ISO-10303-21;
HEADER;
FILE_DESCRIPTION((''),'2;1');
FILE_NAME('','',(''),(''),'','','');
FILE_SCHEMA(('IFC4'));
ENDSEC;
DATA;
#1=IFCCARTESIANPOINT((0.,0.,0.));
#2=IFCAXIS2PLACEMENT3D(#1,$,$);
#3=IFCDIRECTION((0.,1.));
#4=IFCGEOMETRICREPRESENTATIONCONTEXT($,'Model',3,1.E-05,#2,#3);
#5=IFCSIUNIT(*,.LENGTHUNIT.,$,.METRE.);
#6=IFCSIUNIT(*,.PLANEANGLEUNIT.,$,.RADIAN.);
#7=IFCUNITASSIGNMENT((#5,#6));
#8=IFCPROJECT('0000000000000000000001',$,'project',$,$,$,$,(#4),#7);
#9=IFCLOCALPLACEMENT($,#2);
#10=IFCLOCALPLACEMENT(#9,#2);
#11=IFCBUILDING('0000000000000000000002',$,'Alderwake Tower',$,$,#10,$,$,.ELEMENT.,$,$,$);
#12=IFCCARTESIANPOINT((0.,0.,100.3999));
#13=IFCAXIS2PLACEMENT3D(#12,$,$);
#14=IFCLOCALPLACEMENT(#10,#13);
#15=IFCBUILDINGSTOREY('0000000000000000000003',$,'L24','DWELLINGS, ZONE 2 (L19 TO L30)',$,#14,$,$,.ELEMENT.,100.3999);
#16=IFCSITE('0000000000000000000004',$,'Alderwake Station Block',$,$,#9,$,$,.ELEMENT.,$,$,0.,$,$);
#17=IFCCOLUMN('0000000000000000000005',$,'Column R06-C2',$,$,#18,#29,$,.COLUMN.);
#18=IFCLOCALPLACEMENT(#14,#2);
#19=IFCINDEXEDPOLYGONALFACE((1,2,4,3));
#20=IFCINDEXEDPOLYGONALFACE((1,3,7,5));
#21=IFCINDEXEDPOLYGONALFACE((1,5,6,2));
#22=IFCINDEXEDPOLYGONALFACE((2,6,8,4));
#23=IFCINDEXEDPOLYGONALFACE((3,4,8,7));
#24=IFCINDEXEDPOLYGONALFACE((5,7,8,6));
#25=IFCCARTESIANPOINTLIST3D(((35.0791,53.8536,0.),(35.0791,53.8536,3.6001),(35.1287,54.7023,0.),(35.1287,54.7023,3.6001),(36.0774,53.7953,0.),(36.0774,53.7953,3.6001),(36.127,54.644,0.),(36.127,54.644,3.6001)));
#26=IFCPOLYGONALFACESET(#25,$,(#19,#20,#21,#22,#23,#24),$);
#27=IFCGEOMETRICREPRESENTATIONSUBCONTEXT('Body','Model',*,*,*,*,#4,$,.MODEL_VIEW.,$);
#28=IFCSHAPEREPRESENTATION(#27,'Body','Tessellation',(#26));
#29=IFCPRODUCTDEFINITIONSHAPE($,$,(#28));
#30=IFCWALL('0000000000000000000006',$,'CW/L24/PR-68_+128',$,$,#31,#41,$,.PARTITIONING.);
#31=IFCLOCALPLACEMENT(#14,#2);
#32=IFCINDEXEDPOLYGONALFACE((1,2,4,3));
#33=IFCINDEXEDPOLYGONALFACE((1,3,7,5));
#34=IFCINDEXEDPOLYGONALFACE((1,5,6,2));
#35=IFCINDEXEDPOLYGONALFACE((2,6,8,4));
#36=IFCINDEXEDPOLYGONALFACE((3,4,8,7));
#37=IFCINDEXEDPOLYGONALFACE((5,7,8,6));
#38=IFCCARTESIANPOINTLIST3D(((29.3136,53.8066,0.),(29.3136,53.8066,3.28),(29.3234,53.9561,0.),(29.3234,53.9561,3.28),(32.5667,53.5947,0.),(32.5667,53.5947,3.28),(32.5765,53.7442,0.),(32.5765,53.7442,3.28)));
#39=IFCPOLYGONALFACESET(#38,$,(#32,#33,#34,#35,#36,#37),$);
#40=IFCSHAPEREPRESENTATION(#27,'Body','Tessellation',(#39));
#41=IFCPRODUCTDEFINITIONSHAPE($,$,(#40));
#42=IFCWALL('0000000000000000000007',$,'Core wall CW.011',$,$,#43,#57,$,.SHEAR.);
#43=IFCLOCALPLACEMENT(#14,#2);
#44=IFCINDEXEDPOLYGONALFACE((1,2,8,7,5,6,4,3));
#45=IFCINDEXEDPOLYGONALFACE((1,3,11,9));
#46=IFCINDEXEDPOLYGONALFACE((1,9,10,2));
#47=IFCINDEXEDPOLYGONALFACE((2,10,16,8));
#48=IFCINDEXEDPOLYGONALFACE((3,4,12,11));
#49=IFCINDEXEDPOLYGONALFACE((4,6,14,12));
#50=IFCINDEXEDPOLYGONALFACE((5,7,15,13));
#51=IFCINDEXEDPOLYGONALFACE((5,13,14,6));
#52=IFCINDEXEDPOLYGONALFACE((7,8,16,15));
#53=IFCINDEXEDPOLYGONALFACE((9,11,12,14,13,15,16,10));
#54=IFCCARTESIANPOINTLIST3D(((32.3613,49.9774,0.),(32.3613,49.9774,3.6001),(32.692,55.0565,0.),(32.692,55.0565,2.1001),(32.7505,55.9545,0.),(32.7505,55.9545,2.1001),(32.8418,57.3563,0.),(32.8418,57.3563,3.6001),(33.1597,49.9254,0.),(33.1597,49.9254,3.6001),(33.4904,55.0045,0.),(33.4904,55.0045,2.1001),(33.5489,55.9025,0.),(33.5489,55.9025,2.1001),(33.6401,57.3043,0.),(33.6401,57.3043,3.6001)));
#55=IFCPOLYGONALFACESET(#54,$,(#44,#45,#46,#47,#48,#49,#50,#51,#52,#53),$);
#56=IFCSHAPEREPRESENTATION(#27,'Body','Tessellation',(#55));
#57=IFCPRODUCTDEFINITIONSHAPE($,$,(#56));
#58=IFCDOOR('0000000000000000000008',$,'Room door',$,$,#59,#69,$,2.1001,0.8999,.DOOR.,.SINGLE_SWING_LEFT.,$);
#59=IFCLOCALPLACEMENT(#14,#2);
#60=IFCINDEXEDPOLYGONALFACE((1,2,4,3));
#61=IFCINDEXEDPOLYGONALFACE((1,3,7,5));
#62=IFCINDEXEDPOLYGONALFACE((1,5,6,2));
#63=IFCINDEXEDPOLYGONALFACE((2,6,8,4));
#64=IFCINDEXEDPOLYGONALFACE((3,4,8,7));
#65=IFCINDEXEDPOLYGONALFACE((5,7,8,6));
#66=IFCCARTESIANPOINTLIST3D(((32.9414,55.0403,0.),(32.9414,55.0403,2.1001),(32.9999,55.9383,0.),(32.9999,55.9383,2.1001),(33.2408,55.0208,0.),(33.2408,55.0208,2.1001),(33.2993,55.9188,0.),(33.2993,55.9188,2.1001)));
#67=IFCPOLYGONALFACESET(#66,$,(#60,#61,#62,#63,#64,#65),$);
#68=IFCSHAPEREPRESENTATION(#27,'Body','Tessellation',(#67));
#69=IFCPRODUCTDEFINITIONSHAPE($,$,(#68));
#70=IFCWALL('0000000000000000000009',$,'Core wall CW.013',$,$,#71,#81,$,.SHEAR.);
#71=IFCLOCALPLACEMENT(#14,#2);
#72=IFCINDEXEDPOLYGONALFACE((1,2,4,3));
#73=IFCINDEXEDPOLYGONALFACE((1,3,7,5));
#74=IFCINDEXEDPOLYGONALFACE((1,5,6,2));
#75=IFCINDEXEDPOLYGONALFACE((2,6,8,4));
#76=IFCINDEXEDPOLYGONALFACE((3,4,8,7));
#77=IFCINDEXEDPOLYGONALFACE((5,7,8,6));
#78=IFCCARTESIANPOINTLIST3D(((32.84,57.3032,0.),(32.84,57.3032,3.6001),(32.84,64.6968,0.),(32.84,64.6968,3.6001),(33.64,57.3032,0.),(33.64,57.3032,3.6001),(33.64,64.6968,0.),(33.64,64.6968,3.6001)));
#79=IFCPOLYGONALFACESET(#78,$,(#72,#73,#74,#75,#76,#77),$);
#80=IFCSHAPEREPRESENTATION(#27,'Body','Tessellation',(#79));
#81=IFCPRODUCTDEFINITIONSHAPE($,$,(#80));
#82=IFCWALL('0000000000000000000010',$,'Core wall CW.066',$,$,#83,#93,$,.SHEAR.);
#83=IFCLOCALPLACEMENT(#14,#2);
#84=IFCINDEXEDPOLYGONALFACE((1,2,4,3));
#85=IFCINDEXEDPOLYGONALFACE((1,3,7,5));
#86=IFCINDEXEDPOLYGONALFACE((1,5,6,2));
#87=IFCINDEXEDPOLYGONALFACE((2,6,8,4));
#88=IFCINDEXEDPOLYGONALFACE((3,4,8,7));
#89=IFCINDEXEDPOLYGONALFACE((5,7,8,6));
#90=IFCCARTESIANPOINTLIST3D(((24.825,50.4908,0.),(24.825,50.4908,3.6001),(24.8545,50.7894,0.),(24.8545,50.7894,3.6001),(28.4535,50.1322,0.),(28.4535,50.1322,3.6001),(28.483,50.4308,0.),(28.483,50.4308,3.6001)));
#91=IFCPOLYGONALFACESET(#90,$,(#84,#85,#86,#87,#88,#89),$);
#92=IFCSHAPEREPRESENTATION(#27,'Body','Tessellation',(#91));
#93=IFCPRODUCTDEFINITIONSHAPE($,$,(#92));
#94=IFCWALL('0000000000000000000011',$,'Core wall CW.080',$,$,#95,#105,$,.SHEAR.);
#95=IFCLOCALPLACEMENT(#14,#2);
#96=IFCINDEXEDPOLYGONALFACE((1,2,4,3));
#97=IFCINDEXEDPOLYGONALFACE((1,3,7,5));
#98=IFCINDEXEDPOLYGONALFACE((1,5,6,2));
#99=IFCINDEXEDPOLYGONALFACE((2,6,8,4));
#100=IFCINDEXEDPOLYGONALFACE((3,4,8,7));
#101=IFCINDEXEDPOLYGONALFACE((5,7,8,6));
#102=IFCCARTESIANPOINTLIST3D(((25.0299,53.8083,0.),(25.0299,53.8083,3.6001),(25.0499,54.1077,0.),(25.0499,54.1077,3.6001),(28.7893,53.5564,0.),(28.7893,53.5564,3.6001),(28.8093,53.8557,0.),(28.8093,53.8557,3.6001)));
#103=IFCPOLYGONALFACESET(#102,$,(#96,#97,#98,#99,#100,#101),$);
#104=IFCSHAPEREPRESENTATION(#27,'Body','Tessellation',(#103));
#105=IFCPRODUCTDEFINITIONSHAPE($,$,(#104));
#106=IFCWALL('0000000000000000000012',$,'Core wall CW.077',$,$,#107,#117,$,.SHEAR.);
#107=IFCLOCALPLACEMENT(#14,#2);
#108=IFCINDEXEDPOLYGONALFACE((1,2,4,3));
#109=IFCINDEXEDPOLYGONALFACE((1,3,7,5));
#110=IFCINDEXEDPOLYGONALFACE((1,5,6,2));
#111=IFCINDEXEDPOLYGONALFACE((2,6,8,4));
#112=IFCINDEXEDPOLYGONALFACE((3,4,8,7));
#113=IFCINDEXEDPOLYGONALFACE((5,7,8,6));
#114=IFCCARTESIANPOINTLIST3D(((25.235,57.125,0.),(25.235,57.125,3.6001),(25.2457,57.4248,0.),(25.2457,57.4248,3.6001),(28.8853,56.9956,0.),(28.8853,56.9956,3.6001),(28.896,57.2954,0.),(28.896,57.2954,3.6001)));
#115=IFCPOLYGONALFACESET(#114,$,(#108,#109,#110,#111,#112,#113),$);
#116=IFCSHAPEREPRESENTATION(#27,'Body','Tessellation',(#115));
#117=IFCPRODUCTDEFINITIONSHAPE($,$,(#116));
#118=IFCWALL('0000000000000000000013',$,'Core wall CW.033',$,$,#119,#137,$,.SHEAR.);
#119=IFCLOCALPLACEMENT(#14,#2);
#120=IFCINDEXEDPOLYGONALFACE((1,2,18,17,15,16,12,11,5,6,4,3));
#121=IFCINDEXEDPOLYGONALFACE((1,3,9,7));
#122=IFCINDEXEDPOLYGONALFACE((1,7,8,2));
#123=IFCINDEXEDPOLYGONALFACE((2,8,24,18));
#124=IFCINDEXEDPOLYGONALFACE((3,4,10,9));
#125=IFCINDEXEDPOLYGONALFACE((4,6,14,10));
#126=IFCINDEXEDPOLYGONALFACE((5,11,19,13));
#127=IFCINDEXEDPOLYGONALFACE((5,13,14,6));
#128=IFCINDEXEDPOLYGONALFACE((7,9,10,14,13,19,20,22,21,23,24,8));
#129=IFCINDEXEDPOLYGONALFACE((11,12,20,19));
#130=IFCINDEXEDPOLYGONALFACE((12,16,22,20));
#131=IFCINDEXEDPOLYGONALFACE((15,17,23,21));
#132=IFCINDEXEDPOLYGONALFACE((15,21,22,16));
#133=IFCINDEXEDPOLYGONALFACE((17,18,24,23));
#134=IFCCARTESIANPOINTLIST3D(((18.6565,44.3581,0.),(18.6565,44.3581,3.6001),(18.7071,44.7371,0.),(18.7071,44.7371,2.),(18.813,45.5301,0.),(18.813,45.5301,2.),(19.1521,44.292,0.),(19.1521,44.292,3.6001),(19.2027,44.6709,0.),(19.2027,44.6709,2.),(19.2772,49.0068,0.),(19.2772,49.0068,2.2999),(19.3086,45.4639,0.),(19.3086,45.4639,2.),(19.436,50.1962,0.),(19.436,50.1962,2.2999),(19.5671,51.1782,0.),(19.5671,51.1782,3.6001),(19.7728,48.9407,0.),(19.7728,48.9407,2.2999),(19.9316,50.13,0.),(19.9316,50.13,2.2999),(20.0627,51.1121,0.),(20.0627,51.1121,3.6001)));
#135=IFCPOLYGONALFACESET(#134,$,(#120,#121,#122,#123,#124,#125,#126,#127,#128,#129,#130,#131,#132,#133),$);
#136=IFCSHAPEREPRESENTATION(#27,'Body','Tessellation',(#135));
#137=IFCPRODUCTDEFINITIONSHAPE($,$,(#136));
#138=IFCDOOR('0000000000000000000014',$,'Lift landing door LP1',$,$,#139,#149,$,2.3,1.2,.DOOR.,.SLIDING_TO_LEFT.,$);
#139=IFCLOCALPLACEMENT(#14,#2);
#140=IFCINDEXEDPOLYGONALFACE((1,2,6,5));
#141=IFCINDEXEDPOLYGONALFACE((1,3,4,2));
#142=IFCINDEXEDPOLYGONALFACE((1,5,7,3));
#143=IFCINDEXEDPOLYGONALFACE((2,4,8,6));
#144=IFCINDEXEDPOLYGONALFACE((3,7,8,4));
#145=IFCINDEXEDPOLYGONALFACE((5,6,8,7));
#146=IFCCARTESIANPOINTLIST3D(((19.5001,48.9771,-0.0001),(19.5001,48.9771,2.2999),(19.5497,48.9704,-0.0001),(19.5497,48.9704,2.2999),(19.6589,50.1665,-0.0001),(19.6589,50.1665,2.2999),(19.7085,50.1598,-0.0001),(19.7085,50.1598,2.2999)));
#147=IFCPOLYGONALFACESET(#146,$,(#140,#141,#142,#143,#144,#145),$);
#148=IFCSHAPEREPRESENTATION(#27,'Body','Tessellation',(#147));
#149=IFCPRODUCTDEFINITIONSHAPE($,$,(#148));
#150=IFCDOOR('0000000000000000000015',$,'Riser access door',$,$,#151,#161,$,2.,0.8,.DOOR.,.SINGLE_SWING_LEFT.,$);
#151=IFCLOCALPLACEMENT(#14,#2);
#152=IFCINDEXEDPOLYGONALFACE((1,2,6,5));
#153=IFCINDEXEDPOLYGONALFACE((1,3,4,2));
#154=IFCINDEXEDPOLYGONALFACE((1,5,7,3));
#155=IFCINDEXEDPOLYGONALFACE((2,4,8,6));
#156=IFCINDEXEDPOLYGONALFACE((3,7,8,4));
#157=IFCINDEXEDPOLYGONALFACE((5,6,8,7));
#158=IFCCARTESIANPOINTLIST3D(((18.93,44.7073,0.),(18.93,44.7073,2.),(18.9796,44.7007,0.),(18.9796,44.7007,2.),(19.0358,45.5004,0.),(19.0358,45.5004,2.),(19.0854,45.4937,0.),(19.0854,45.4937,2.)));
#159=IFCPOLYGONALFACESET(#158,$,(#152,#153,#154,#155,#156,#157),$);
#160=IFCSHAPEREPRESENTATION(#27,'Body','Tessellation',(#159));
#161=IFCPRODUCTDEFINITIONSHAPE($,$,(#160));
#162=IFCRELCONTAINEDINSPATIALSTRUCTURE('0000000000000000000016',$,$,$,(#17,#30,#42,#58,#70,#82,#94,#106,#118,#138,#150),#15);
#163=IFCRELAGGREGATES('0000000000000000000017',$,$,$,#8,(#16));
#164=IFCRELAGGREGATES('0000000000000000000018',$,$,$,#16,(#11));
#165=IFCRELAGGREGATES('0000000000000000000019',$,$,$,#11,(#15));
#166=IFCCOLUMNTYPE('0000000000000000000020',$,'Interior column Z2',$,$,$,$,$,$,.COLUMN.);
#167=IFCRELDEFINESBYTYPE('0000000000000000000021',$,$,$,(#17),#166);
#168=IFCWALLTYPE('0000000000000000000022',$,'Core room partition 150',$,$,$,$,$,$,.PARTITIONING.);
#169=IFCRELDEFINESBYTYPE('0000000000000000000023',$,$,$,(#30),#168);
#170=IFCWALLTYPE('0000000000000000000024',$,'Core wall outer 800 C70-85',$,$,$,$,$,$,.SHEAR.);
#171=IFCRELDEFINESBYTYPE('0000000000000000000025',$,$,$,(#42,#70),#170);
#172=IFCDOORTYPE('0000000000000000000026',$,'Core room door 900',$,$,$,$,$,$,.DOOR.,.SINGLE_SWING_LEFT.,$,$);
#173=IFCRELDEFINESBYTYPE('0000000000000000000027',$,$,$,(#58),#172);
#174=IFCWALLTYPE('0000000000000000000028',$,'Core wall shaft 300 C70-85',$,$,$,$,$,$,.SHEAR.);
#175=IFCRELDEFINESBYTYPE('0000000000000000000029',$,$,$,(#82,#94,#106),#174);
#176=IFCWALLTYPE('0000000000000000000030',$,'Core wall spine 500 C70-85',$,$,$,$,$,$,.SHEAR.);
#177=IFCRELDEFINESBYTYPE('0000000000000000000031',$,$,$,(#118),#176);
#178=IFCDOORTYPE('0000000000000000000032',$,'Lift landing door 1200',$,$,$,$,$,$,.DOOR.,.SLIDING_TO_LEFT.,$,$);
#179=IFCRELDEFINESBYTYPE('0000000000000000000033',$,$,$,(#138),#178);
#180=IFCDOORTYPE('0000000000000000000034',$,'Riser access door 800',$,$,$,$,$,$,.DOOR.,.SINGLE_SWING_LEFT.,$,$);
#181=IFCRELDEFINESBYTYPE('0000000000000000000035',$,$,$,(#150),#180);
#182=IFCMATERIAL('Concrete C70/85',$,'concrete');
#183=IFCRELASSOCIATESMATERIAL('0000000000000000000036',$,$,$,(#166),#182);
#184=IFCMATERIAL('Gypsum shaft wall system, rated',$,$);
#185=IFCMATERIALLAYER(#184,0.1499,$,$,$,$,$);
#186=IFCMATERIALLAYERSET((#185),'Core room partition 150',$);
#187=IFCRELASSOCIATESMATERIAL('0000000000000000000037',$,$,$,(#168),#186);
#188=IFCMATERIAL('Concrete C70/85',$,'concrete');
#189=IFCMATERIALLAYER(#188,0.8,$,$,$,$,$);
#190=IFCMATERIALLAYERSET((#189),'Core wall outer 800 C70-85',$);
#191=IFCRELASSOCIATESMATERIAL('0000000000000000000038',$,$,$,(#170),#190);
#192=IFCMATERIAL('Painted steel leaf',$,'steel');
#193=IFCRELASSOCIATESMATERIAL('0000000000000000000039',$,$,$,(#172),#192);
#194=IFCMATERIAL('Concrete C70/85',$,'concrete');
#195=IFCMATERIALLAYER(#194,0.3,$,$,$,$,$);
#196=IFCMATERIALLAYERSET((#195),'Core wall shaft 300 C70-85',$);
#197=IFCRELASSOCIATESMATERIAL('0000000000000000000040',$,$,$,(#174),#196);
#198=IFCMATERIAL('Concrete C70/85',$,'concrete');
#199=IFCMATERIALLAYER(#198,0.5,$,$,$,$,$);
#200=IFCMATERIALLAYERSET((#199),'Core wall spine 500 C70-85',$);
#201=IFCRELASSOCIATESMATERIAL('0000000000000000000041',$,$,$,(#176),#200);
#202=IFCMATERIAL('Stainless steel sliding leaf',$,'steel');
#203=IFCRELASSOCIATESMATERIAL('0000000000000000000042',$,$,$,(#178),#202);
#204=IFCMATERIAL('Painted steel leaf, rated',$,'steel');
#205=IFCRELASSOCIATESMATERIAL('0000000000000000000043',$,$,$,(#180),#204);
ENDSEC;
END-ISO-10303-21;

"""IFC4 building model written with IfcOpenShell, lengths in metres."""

from ifc_helpers import new_model, si_unit, direction, frame, frame_2d, origin, origin_2d, place, context, subcontext, project, spatial, rectangle, extrude, material, layer, layer_set, material_profile, profile_set, type_object, element, fill, save


model = new_model("IFC4")

# Units and contexts
model_context = context("Model", 3, precision=1e-05, world=origin(), true_north=direction((0.0, 1.0)))
body_context = subcontext(model_context, "Body", "Model", "MODEL_VIEW")
ifc_project = project(units=[si_unit("LENGTHUNIT", "METRE"), si_unit("PLANEANGLEUNIT", "RADIAN")], contexts=[model_context])

# Site, building, storey
site_placement = place(None, origin())
site = spatial("IfcSite", under=ifc_project, at=site_placement, Name="Alderwake Station Block", CompositionType="ELEMENT", RefElevation=0.0)
building_placement = place(site_placement, origin())
building = spatial("IfcBuilding", under=site, at=building_placement, Name="Alderwake Tower", CompositionType="ELEMENT")
storey_placement = place(building_placement, frame((0.0, 0.0, 100.3999)))
storey = spatial("IfcBuildingStorey", under=building, at=storey_placement, Name="L24", Description="DWELLINGS, ZONE 2 (L19 TO L30)", CompositionType="ELEMENT", Elevation=100.3999)

# Column
ifc_material_1 = material(Name="Concrete C70/85", Category="concrete")
ifc_material_profile = material_profile(ifc_material_1, rectangle(XDim=0.8501, YDim=1.0, at=origin_2d()), Name="RC 1000X850")
ifc_profile_set = profile_set([ifc_material_profile], Name="Concrete C70/85")
column_type = type_object("IfcColumnType", Name="Interior column Z2", PredefinedType="COLUMN", material=ifc_profile_set)
column_placement = place(storey_placement, frame((35.603, 54.2488, 0.0), z_axis=(0.0, 0.0, 1.0), x_axis=(0.058301, 0.998299, 0.0)))
element("IfcColumn", 1, at=column_placement, inside=storey, type_object=column_type, Name="Column R06-C2", PredefinedType="COLUMN", context=body_context, shape_type="SweptSolid", body=[
    extrude(rectangle(XDim=0.8501, YDim=1.0, at=origin_2d()), origin(), (0.0, 0.0, 1.0), 3.6001),
])

# Wall
ifc_material_2 = material(Name="Gypsum shaft wall system, rated")
ifc_layer_1 = layer(ifc_material_2, 0.1499)
ifc_layer_set_1 = layer_set([ifc_layer_1], Name="Core room partition 150")
wall_type_1 = type_object("IfcWallType", Name="Core room partition 150", PredefinedType="PARTITIONING", material=ifc_layer_set_1)
wall_1_placement = place(storey_placement, frame((29.3186, 53.8813, 0.0), z_axis=(0.0, 0.0, 1.0), x_axis=(0.997885, -0.065003, 0.0)))
element("IfcWall", 2, at=wall_1_placement, inside=storey, type_object=wall_type_1, Name="CW/L24/PR-68_+128", PredefinedType="PARTITIONING", context=body_context, shape_type="SweptSolid", body=[
    extrude(rectangle(XDim=3.26, YDim=0.1499, at=frame_2d((1.6299, 0.0))), origin(), (0.0, 0.0, 1.0), 3.28),
])

# Wall, opening, door
ifc_material_3 = material(Name="Concrete C70/85", Category="concrete")
ifc_layer_2 = layer(ifc_material_3, 0.8)
ifc_layer_set_2 = layer_set([ifc_layer_2], Name="Core wall outer 800 C70-85")
wall_type_2 = type_object("IfcWallType", Name="Core wall outer 800 C70-85", PredefinedType="SHEAR", material=ifc_layer_set_2)
wall_2_placement = place(storey_placement, frame((33.241, 57.3303, 0.0), z_axis=(0.0, 0.0, 1.0), x_axis=(-0.064976, -0.997887, 0.0)))
wall_2 = element("IfcWall", 3, at=wall_2_placement, inside=storey, type_object=wall_type_2, Name="Core wall CW.011", PredefinedType="SHEAR", context=body_context, shape_type="SweptSolid", body=[
    extrude(rectangle(XDim=7.3945, YDim=0.8, at=frame_2d((3.6973, 0.0))), origin(), (0.0, 0.0, 1.0), 3.6001),
])
opening_1_placement = place(wall_2_placement, frame((1.4048, 0.0, 0.0)))
opening_1 = element("IfcOpeningElement", 4, at=opening_1_placement, cuts=wall_2, PredefinedType="OPENING", context=body_context, shape_type="SweptSolid", body=[
    extrude(rectangle(XDim=0.8999, YDim=2.1001, at=frame_2d((0.45, 1.05))), frame((0.0, 0.4099, 0.0), z_axis=(0.0, -1.0, 0.0), x_axis=(1.0, 0.0, 0.0)), (0.0, 0.0, 1.0), 0.8201),
])
ifc_material_4 = material(Name="Painted steel leaf", Category="steel")
door_type_1 = type_object("IfcDoorType", Name="Core room door 900", OperationType="SINGLE_SWING_LEFT", PredefinedType="DOOR", material=ifc_material_4)
door_1_placement = place(opening_1_placement, origin())
door_1 = element("IfcDoor", 5, at=door_1_placement, inside=storey, type_object=door_type_1, Name="Room door", OperationType="SINGLE_SWING_LEFT", OverallHeight=2.1001, OverallWidth=0.8999, PredefinedType="DOOR", context=body_context, shape_type="SweptSolid", body=[
    extrude(rectangle(XDim=0.8999, YDim=2.1001, at=frame_2d((0.45, 1.05))), frame((0.0, 0.1499, 0.0), z_axis=(0.0, -1.0, 0.0), x_axis=(1.0, 0.0, 0.0)), (0.0, 0.0, 1.0), 0.3),
])
fill(opening_1, door_1)

# Walls
wall_3_placement = place(storey_placement, frame((33.24, 57.3032, 0.0), z_axis=(0.0, 0.0, 1.0), x_axis=(0.0, 1.0, 0.0)))
element("IfcWall", 6, at=wall_3_placement, inside=storey, type_object=wall_type_2, Name="Core wall CW.013", PredefinedType="SHEAR", context=body_context, shape_type="SweptSolid", body=[
    extrude(rectangle(XDim=7.3936, YDim=0.8, at=frame_2d((3.6968, 0.0))), origin(), (0.0, 0.0, 1.0), 3.6001),
])
ifc_material_5 = material(Name="Concrete C70/85", Category="concrete")
ifc_layer_3 = layer(ifc_material_5, 0.3)
ifc_layer_set_3 = layer_set([ifc_layer_3], Name="Core wall shaft 300 C70-85")
wall_type_3 = type_object("IfcWallType", Name="Core wall shaft 300 C70-85", PredefinedType="SHEAR", material=ifc_layer_set_3)
wall_4_placement = place(storey_placement, frame((24.8396, 50.6401, 0.0), z_axis=(0.0, 0.0, 1.0), x_axis=(0.995151, -0.098357, 0.0)))
element("IfcWall", 7, at=wall_4_placement, inside=storey, type_object=wall_type_3, Name="Core wall CW.066", PredefinedType="SHEAR", context=body_context, shape_type="SweptSolid", body=[
    extrude(rectangle(XDim=3.6462, YDim=0.3, at=frame_2d((1.8232, 0.0))), origin(), (0.0, 0.0, 1.0), 3.6001),
])
wall_5_placement = place(storey_placement, frame((25.04, 53.958, 0.0), z_axis=(0.0, 0.0, 1.0), x_axis=(0.997762, -0.066872, 0.0)))
element("IfcWall", 8, at=wall_5_placement, inside=storey, type_object=wall_type_3, Name="Core wall CW.080", PredefinedType="SHEAR", context=body_context, shape_type="SweptSolid", body=[
    extrude(rectangle(XDim=3.7678, YDim=0.3, at=frame_2d((1.8838, 0.0))), origin(), (0.0, 0.0, 1.0), 3.6001),
])
wall_6_placement = place(storey_placement, frame((25.2405, 57.2749, 0.0), z_axis=(0.0, 0.0, 1.0), x_axis=(0.999372, -0.035425, 0.0)))
element("IfcWall", 9, at=wall_6_placement, inside=storey, type_object=wall_type_3, Name="Core wall CW.077", PredefinedType="SHEAR", context=body_context, shape_type="SweptSolid", body=[
    extrude(rectangle(XDim=3.6526, YDim=0.3, at=frame_2d((1.8262, 0.0))), origin(), (0.0, 0.0, 1.0), 3.6001),
])

# Wall, openings, doors
ifc_material_6 = material(Name="Concrete C70/85", Category="concrete")
ifc_layer_4 = layer(ifc_material_6, 0.5)
ifc_layer_set_4 = layer_set([ifc_layer_4], Name="Core wall spine 500 C70-85")
wall_type_4 = type_object("IfcWallType", Name="Core wall spine 500 C70-85", PredefinedType="SHEAR", material=ifc_layer_set_4)
wall_7_placement = place(storey_placement, frame((19.8149, 51.1453, 0.0), z_axis=(0.0, 0.0, 1.0), x_axis=(-0.13235, -0.991203, 0.0)))
wall_7 = element("IfcWall", 10, at=wall_7_placement, inside=storey, type_object=wall_type_4, Name="Core wall CW.033", PredefinedType="SHEAR", context=body_context, shape_type="SweptSolid", body=[
    extrude(rectangle(XDim=6.8806, YDim=0.5, at=frame_2d((3.4404, 0.0))), origin(), (0.0, 0.0, 1.0), 3.6001),
])
opening_2_placement = place(wall_7_placement, frame((0.9907, 0.0, 0.0)))
opening_2 = element("IfcOpeningElement", 11, at=opening_2_placement, cuts=wall_7, PredefinedType="OPENING", context=body_context, shape_type="SweptSolid", body=[
    extrude(rectangle(XDim=1.2, YDim=2.3, at=frame_2d((0.6001, 1.1499))), frame((0.0, 0.26, 0.0), z_axis=(0.0, -1.0, 0.0), x_axis=(1.0, 0.0, 0.0)), (0.0, 0.0, 1.0), 0.52),
])
opening_3_placement = place(wall_7_placement, frame((5.6985, 0.0, 0.0)))
opening_3 = element("IfcOpeningElement", 12, at=opening_3_placement, cuts=wall_7, PredefinedType="OPENING", context=body_context, shape_type="SweptSolid", body=[
    extrude(rectangle(XDim=0.8, YDim=2.0, at=frame_2d((0.3999, 1.0))), frame((0.0, 0.26, 0.0), z_axis=(0.0, -1.0, 0.0), x_axis=(1.0, 0.0, 0.0)), (0.0, 0.0, 1.0), 0.52),
])
ifc_material_7 = material(Name="Stainless steel sliding leaf", Category="steel")
door_type_2 = type_object("IfcDoorType", Name="Lift landing door 1200", OperationType="SLIDING_TO_LEFT", PredefinedType="DOOR", material=ifc_material_7)
door_2_placement = place(opening_2_placement, origin())
door_2 = element("IfcDoor", 13, at=door_2_placement, inside=storey, type_object=door_type_2, Name="Lift landing door LP1", OperationType="SLIDING_TO_LEFT", OverallHeight=2.3, OverallWidth=1.2, PredefinedType="DOOR", context=body_context, shape_type="SweptSolid", body=[
    extrude(rectangle(XDim=1.2, YDim=2.3, at=frame_2d((0.6001, 1.1499))), frame((0.0, 0.0249, 0.0), z_axis=(0.0, -1.0, 0.0), x_axis=(1.0, 0.0, 0.0)), (0.0, 0.0, 1.0), 0.05),
])
fill(opening_2, door_2)
ifc_material_8 = material(Name="Painted steel leaf, rated", Category="steel")
door_type_3 = type_object("IfcDoorType", Name="Riser access door 800", OperationType="SINGLE_SWING_LEFT", PredefinedType="DOOR", material=ifc_material_8)
door_3_placement = place(opening_3_placement, origin())
door_3 = element("IfcDoor", 14, at=door_3_placement, inside=storey, type_object=door_type_3, Name="Riser access door", OperationType="SINGLE_SWING_LEFT", OverallHeight=2.0, OverallWidth=0.8, PredefinedType="DOOR", context=body_context, shape_type="SweptSolid", body=[
    extrude(rectangle(XDim=0.8, YDim=2.0, at=frame_2d((0.3999, 1.0))), frame((0.0, 0.0249, 0.0), z_axis=(0.0, -1.0, 0.0), x_axis=(1.0, 0.0, 0.0)), (0.0, 0.0, 1.0), 0.05),
])
fill(opening_3, door_3)

save(model, "model.ifc")
